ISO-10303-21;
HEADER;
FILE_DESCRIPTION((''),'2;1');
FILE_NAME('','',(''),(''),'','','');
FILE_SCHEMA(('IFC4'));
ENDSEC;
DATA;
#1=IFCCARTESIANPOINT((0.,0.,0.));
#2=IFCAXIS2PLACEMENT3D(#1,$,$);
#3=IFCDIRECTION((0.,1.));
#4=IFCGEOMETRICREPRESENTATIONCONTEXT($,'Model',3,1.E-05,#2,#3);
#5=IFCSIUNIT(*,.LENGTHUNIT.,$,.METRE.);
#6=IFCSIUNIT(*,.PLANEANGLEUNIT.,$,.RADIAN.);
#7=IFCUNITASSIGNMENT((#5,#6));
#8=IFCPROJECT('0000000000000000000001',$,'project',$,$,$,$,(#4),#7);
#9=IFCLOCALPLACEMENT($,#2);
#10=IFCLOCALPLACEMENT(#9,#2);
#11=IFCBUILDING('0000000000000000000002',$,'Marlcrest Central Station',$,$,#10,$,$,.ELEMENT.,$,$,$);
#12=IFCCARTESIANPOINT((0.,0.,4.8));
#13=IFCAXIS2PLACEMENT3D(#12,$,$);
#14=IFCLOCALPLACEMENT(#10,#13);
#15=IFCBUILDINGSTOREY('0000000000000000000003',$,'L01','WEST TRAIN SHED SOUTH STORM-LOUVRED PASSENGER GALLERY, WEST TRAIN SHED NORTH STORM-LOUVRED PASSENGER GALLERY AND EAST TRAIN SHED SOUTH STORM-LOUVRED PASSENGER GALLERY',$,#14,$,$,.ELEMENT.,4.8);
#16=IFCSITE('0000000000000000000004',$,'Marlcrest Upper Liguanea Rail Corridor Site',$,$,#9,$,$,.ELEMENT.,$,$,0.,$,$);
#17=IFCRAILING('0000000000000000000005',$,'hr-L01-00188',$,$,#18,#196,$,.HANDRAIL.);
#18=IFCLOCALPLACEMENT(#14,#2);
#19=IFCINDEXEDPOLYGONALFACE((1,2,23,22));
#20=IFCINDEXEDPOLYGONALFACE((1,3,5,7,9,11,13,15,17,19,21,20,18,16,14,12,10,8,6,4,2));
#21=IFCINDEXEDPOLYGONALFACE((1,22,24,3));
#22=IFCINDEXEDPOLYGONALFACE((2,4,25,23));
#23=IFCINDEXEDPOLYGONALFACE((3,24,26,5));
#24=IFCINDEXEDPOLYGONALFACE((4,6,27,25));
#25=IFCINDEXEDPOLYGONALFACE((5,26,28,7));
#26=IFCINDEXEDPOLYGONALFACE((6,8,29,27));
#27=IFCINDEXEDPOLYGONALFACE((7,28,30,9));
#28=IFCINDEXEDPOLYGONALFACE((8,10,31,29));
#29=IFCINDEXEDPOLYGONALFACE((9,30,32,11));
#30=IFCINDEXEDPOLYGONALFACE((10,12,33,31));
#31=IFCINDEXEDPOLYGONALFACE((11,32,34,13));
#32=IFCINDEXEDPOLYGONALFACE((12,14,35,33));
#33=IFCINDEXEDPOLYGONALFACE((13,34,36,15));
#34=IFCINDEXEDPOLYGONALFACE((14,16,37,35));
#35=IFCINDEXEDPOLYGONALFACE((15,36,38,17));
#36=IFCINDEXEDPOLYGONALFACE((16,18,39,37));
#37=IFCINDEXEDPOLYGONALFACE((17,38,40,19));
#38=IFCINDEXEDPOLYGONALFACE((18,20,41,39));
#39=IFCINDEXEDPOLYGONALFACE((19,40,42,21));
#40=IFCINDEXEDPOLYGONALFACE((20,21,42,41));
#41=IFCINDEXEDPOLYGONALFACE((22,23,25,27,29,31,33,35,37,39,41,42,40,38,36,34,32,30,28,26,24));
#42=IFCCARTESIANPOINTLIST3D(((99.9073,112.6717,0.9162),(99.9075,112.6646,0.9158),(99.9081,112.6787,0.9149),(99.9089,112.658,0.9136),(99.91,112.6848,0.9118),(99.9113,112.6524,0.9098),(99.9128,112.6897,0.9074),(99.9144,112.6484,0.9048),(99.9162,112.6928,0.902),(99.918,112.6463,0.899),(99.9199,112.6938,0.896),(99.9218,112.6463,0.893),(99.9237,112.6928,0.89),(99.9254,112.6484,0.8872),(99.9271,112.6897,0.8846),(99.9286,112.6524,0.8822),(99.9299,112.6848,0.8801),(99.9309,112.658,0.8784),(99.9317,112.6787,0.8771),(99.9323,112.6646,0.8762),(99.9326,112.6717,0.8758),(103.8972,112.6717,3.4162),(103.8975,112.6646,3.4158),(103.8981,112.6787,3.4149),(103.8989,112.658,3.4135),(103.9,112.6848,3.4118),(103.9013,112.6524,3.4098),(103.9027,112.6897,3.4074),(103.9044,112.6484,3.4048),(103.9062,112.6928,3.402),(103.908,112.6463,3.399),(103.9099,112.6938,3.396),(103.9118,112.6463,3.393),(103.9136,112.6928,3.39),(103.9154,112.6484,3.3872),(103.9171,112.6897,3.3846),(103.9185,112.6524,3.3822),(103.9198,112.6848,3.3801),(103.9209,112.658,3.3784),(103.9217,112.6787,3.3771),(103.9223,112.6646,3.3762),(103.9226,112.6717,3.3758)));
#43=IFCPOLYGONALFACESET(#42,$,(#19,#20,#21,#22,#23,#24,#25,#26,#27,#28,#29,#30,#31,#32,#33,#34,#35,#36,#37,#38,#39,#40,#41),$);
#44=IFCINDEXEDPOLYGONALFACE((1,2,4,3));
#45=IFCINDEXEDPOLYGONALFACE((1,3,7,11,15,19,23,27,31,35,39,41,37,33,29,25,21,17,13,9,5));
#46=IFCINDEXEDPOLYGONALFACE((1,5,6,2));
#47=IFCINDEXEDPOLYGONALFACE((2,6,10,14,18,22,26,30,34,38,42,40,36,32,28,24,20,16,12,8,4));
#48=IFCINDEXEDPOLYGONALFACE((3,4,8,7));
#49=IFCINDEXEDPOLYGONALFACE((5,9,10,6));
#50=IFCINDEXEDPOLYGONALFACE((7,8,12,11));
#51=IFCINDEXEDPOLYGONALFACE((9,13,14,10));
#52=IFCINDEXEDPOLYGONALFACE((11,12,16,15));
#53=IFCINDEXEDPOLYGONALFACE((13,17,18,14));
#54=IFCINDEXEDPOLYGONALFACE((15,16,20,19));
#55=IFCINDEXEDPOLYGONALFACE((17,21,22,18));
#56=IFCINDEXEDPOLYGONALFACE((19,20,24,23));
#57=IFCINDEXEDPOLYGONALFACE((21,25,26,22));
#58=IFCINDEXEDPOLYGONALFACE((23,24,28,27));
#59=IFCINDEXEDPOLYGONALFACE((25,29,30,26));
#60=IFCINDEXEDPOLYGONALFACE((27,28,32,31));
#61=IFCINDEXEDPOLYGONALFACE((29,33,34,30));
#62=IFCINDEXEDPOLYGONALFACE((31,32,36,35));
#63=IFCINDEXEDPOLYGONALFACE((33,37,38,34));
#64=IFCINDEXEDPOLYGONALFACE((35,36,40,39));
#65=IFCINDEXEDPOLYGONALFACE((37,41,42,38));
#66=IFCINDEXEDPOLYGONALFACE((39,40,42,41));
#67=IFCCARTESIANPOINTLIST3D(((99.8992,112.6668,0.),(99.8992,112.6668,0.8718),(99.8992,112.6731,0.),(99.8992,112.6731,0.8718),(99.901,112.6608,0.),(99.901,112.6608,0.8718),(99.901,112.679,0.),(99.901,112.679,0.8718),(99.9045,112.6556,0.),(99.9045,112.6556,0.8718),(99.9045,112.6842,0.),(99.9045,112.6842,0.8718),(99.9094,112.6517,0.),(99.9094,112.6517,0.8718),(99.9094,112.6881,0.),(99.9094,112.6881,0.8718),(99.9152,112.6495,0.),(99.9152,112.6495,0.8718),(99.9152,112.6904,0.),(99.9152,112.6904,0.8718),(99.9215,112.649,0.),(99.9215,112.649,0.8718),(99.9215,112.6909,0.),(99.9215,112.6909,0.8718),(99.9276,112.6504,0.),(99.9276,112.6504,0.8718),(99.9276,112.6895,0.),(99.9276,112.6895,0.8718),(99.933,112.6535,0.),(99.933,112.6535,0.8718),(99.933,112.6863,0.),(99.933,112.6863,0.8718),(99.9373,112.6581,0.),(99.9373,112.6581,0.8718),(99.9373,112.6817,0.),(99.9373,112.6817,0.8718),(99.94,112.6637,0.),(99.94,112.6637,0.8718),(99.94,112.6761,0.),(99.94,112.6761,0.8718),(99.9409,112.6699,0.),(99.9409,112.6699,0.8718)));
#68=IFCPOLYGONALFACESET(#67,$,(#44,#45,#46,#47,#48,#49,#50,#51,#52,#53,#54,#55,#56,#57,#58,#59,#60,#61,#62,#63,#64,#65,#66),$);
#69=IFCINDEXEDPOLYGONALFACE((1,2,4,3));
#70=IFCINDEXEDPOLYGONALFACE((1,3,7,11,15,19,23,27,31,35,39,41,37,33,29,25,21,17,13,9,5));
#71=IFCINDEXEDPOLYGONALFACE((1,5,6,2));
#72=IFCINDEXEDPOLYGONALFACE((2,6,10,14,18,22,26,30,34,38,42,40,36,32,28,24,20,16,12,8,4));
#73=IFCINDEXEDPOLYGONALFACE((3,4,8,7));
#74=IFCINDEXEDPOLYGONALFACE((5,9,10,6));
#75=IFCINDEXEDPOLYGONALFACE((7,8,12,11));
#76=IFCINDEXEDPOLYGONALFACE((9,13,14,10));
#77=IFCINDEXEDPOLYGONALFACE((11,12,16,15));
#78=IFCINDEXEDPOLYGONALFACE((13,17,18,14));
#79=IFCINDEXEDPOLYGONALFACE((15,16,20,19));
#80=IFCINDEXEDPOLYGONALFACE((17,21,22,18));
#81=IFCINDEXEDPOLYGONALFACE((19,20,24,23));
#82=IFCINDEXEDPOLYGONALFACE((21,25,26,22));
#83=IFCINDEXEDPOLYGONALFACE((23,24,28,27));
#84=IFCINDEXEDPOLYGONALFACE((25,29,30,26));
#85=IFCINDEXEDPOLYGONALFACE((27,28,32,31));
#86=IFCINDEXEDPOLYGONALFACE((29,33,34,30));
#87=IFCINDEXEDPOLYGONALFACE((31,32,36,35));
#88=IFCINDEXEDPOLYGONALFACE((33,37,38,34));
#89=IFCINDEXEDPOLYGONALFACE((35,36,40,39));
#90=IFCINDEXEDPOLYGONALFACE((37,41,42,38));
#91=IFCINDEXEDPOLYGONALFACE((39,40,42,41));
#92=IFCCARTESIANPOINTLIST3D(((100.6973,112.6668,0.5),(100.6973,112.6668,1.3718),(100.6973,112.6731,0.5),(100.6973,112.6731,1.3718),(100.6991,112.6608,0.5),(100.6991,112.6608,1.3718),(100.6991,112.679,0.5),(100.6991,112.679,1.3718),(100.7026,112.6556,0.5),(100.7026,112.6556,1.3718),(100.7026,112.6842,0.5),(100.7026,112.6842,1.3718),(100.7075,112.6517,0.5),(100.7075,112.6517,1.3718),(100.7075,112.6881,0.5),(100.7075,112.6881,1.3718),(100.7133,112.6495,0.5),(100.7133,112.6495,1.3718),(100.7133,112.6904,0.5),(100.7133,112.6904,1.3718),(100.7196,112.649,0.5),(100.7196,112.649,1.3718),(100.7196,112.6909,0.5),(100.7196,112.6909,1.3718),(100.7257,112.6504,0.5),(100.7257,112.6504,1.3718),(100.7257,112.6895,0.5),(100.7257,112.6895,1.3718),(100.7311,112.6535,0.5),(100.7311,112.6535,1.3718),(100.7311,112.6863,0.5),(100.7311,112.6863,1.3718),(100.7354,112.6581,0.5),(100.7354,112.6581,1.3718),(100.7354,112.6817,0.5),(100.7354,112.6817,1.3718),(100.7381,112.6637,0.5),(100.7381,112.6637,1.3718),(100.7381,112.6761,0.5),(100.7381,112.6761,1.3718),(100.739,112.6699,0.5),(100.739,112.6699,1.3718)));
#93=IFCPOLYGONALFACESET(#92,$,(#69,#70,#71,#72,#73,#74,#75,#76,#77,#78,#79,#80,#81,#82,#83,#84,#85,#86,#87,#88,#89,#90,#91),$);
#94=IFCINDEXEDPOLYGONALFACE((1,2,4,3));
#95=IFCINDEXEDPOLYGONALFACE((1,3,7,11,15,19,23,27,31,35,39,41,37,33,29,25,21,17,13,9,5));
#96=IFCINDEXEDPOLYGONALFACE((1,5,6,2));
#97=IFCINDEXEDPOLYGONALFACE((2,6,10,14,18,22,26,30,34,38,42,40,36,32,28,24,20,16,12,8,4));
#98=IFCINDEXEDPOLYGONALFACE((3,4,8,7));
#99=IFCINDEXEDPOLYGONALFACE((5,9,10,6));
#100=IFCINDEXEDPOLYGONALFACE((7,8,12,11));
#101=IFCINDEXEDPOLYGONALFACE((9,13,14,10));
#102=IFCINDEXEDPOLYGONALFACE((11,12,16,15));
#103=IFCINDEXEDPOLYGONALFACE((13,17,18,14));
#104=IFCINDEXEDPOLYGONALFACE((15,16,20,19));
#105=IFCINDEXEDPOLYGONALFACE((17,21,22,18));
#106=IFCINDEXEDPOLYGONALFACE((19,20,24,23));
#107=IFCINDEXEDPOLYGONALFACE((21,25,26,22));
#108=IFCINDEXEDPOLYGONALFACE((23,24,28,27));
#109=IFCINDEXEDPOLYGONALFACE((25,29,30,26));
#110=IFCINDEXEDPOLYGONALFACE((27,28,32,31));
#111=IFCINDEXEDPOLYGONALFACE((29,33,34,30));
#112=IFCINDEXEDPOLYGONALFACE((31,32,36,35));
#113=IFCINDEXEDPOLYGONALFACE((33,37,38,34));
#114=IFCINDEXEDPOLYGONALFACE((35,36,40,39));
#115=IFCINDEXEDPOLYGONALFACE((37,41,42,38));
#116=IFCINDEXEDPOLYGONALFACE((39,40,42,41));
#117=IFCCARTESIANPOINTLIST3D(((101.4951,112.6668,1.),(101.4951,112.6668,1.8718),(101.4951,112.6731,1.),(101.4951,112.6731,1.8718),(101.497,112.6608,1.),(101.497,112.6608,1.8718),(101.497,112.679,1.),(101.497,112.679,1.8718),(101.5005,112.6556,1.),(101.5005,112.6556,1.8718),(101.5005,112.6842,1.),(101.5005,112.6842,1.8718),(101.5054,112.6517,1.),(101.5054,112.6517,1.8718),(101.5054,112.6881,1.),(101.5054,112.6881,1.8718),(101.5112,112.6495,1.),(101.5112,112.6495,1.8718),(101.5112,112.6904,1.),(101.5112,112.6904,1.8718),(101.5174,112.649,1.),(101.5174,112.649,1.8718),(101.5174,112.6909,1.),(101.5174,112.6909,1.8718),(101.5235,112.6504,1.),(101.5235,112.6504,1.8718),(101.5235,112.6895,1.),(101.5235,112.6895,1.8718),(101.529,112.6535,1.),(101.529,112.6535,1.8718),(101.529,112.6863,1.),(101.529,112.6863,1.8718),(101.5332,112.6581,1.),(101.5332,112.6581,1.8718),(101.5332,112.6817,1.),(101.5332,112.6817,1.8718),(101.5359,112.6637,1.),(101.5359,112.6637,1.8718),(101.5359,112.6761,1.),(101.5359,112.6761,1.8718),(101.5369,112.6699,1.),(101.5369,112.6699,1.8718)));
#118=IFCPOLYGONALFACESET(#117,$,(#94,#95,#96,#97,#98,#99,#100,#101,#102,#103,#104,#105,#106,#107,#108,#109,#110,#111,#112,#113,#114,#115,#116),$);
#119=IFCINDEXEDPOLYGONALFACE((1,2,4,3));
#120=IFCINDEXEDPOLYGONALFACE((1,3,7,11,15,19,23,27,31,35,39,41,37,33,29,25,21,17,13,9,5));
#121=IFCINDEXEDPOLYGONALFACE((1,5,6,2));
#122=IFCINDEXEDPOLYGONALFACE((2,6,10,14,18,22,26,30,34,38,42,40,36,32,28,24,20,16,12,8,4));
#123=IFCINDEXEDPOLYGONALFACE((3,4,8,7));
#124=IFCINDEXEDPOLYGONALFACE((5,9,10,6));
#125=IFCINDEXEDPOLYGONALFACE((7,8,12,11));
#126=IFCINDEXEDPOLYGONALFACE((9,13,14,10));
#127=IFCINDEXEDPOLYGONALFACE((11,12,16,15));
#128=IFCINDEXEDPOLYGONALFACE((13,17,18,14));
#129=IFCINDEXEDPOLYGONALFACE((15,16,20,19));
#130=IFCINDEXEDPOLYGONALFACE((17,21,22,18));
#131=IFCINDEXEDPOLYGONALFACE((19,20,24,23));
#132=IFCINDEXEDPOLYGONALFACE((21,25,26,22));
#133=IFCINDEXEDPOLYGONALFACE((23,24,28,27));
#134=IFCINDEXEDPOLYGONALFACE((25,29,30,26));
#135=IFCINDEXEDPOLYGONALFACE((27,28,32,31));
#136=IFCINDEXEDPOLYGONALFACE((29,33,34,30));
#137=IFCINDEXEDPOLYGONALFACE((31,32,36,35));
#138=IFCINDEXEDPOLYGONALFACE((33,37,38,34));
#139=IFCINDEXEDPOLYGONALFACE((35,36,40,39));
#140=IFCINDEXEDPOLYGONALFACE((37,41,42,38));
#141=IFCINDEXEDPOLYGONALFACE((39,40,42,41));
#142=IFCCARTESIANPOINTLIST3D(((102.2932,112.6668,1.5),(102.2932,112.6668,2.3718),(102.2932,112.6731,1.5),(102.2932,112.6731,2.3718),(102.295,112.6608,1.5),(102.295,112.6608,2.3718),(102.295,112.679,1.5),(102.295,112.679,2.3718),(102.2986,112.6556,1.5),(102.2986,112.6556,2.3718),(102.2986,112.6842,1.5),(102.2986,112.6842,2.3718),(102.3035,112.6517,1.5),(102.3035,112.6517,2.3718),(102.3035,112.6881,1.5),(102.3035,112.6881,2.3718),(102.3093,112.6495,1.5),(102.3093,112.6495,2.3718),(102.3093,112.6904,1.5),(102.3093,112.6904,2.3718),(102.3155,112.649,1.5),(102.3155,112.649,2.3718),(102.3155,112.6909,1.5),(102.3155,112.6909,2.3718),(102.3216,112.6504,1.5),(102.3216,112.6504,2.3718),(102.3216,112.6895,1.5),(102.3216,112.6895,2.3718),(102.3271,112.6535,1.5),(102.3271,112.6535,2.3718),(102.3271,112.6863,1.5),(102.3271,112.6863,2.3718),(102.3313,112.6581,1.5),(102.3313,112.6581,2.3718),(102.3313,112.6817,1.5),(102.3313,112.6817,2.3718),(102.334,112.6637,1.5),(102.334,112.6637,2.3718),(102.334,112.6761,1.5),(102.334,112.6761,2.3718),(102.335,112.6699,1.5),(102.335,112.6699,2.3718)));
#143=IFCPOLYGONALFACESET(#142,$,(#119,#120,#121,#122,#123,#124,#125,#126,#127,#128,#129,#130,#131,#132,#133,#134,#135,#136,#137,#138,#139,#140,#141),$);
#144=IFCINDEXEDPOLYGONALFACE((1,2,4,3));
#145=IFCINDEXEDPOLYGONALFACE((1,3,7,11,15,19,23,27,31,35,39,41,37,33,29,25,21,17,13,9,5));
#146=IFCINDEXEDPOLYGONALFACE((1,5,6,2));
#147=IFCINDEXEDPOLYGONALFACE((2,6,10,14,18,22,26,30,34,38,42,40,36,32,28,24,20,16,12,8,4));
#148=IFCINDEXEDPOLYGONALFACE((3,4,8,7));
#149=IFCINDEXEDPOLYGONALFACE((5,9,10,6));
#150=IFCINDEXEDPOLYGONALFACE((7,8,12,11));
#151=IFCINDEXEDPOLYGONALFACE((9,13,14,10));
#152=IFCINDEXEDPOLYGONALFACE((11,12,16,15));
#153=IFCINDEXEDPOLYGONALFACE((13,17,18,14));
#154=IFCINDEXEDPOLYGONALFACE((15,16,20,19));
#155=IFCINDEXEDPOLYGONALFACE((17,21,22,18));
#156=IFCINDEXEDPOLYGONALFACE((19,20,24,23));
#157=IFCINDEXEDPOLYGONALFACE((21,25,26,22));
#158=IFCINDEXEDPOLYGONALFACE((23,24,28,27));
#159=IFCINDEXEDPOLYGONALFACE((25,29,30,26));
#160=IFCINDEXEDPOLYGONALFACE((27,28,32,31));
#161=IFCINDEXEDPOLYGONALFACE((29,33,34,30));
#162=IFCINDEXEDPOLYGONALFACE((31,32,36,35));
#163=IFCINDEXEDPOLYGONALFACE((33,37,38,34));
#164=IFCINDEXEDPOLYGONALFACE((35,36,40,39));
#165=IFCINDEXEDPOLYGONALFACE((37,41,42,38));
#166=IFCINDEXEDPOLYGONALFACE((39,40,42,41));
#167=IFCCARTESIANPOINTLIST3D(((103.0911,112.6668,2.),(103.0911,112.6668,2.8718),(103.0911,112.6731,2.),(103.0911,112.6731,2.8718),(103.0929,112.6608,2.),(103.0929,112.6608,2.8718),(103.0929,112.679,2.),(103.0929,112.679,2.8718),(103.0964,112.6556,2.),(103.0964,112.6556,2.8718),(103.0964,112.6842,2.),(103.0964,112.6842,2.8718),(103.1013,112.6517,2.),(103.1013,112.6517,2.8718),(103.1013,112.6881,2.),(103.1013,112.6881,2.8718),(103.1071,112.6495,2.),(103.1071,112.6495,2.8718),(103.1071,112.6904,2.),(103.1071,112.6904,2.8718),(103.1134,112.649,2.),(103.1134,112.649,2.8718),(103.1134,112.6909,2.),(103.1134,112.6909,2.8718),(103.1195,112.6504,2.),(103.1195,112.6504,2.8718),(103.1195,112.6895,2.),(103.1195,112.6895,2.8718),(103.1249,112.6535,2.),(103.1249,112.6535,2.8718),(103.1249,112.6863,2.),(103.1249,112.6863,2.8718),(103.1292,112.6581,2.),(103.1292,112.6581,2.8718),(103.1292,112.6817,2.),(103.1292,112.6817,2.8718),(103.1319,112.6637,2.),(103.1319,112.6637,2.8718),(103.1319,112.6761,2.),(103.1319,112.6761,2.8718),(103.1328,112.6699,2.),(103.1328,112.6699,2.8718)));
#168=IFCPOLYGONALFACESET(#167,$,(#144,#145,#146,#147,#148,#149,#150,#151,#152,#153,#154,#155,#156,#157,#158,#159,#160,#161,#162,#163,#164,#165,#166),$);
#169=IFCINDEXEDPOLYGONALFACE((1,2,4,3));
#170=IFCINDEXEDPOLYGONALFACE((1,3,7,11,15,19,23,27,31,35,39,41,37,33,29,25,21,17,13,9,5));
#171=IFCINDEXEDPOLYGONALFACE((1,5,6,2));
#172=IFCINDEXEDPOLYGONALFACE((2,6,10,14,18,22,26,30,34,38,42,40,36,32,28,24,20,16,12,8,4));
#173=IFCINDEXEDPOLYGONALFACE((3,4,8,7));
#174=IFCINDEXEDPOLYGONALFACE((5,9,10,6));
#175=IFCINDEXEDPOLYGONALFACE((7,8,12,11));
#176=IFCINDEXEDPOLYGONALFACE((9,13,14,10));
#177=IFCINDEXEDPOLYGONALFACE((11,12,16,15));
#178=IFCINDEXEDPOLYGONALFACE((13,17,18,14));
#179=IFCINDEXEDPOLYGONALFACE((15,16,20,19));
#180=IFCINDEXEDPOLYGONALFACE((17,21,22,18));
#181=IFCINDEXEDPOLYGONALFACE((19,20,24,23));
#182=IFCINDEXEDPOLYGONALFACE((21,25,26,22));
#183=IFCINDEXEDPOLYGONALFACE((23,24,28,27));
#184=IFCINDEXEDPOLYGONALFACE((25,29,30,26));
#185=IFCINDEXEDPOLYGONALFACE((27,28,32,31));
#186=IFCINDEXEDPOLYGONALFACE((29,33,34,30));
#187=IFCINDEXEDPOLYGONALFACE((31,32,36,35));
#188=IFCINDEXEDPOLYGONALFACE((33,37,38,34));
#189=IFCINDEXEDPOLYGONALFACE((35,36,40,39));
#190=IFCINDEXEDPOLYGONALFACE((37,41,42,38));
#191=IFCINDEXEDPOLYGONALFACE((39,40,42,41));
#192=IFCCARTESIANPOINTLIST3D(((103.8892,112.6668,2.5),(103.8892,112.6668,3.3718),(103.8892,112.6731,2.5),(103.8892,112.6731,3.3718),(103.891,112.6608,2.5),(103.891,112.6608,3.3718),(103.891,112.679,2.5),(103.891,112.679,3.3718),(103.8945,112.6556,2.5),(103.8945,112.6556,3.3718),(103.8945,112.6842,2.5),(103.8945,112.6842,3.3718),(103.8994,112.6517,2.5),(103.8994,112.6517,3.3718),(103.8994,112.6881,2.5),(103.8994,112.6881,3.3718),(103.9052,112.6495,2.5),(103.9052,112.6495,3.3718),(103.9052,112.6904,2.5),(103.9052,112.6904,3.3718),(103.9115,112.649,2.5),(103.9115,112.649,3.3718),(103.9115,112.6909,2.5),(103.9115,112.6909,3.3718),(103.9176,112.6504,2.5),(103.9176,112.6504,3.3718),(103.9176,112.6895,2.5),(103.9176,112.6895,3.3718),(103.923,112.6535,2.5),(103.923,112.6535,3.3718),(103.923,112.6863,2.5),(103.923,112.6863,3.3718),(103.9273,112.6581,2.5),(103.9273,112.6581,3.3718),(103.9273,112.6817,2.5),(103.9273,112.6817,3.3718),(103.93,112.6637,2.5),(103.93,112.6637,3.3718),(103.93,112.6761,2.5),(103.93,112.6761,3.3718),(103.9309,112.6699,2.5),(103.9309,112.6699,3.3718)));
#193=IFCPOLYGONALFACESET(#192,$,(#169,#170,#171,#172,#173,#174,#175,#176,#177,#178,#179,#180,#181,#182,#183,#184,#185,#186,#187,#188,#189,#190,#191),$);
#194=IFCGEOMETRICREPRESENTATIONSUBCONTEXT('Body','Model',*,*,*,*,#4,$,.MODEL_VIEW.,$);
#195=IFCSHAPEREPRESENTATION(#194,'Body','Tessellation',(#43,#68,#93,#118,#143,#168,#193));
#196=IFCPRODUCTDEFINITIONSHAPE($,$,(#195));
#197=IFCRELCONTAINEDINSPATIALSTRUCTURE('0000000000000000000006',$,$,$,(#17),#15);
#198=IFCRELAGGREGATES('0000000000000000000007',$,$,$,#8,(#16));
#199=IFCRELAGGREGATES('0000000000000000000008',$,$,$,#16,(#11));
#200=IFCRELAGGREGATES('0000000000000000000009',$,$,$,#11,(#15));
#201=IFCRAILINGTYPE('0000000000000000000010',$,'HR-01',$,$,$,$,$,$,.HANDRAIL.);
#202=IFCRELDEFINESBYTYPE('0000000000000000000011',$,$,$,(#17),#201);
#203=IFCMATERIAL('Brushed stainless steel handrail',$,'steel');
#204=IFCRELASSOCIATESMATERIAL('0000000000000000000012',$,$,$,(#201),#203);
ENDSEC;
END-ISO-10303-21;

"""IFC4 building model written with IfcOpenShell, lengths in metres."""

from ifc_helpers import new_model, si_unit, direction, frame, origin, origin_2d, place, context, subcontext, project, spatial, circle, extrude, material, type_object, element, save


model = new_model("IFC4")

# Units and contexts
model_context = context("Model", 3, precision=1e-05, world=origin(), true_north=direction((0.0, 1.0)))
body_context = subcontext(model_context, "Body", "Model", "MODEL_VIEW")
ifc_project = project(units=[si_unit("LENGTHUNIT", "METRE"), si_unit("PLANEANGLEUNIT", "RADIAN")], contexts=[model_context])

# Site, building, storey
site_placement = place(None, origin())
site = spatial("IfcSite", under=ifc_project, at=site_placement, Name="Marlcrest Upper Liguanea Rail Corridor Site", CompositionType="ELEMENT", RefElevation=0.0)
building_placement = place(site_placement, origin())
building = spatial("IfcBuilding", under=site, at=building_placement, Name="Marlcrest Central Station", CompositionType="ELEMENT")
storey_placement = place(building_placement, frame((0.0, 0.0, 4.8)))
storey = spatial("IfcBuildingStorey", under=building, at=storey_placement, Name="L01", Description="WEST TRAIN SHED SOUTH STORM-LOUVRED PASSENGER GALLERY, WEST TRAIN SHED NORTH STORM-LOUVRED PASSENGER GALLERY AND EAST TRAIN SHED SOUTH STORM-LOUVRED PASSENGER GALLERY", CompositionType="ELEMENT", Elevation=4.8)

# Railing
ifc_material_1 = material(Name="Brushed stainless steel handrail", Category="steel")
railing_type = type_object("IfcRailingType", Name="HR-01", PredefinedType="HANDRAIL", material=ifc_material_1)
railing_1_placement = place(storey_placement, frame((99.9199, 112.6699, 0.0)))
element("IfcRailing", 1, at=railing_1_placement, inside=storey, type_object=railing_type, Name="hr-L01-00188", PredefinedType="HANDRAIL", context=body_context, shape_type="SweptSolid", body=[
    extrude(circle(Radius=0.0239, at=origin_2d()), frame((0.0, 0.0, 0.896), z_axis=(0.847401, 0.0, 0.530954), x_axis=(0.0, 1.0, 0.0)), (0.0, 0.0, 1.0), 4.7085),
    extrude(circle(Radius=0.021, at=origin_2d()), origin(), (0.0, 0.0, 1.0), 0.8718),
    extrude(circle(Radius=0.021, at=origin_2d()), frame((0.7981, 0.0, 0.5)), (0.0, 0.0, 1.0), 0.8718),
    extrude(circle(Radius=0.021, at=origin_2d()), frame((1.5959, 0.0, 1.0)), (0.0, 0.0, 1.0), 0.8718),
    extrude(circle(Radius=0.021, at=origin_2d()), frame((2.394, 0.0, 1.5)), (0.0, 0.0, 1.0), 0.8718),
    extrude(circle(Radius=0.021, at=origin_2d()), frame((3.1919, 0.0, 2.0)), (0.0, 0.0, 1.0), 0.8718),
    extrude(circle(Radius=0.021, at=origin_2d()), frame((3.99, 0.0, 2.5)), (0.0, 0.0, 1.0), 0.8718),
])

save(model, "model.ifc")
